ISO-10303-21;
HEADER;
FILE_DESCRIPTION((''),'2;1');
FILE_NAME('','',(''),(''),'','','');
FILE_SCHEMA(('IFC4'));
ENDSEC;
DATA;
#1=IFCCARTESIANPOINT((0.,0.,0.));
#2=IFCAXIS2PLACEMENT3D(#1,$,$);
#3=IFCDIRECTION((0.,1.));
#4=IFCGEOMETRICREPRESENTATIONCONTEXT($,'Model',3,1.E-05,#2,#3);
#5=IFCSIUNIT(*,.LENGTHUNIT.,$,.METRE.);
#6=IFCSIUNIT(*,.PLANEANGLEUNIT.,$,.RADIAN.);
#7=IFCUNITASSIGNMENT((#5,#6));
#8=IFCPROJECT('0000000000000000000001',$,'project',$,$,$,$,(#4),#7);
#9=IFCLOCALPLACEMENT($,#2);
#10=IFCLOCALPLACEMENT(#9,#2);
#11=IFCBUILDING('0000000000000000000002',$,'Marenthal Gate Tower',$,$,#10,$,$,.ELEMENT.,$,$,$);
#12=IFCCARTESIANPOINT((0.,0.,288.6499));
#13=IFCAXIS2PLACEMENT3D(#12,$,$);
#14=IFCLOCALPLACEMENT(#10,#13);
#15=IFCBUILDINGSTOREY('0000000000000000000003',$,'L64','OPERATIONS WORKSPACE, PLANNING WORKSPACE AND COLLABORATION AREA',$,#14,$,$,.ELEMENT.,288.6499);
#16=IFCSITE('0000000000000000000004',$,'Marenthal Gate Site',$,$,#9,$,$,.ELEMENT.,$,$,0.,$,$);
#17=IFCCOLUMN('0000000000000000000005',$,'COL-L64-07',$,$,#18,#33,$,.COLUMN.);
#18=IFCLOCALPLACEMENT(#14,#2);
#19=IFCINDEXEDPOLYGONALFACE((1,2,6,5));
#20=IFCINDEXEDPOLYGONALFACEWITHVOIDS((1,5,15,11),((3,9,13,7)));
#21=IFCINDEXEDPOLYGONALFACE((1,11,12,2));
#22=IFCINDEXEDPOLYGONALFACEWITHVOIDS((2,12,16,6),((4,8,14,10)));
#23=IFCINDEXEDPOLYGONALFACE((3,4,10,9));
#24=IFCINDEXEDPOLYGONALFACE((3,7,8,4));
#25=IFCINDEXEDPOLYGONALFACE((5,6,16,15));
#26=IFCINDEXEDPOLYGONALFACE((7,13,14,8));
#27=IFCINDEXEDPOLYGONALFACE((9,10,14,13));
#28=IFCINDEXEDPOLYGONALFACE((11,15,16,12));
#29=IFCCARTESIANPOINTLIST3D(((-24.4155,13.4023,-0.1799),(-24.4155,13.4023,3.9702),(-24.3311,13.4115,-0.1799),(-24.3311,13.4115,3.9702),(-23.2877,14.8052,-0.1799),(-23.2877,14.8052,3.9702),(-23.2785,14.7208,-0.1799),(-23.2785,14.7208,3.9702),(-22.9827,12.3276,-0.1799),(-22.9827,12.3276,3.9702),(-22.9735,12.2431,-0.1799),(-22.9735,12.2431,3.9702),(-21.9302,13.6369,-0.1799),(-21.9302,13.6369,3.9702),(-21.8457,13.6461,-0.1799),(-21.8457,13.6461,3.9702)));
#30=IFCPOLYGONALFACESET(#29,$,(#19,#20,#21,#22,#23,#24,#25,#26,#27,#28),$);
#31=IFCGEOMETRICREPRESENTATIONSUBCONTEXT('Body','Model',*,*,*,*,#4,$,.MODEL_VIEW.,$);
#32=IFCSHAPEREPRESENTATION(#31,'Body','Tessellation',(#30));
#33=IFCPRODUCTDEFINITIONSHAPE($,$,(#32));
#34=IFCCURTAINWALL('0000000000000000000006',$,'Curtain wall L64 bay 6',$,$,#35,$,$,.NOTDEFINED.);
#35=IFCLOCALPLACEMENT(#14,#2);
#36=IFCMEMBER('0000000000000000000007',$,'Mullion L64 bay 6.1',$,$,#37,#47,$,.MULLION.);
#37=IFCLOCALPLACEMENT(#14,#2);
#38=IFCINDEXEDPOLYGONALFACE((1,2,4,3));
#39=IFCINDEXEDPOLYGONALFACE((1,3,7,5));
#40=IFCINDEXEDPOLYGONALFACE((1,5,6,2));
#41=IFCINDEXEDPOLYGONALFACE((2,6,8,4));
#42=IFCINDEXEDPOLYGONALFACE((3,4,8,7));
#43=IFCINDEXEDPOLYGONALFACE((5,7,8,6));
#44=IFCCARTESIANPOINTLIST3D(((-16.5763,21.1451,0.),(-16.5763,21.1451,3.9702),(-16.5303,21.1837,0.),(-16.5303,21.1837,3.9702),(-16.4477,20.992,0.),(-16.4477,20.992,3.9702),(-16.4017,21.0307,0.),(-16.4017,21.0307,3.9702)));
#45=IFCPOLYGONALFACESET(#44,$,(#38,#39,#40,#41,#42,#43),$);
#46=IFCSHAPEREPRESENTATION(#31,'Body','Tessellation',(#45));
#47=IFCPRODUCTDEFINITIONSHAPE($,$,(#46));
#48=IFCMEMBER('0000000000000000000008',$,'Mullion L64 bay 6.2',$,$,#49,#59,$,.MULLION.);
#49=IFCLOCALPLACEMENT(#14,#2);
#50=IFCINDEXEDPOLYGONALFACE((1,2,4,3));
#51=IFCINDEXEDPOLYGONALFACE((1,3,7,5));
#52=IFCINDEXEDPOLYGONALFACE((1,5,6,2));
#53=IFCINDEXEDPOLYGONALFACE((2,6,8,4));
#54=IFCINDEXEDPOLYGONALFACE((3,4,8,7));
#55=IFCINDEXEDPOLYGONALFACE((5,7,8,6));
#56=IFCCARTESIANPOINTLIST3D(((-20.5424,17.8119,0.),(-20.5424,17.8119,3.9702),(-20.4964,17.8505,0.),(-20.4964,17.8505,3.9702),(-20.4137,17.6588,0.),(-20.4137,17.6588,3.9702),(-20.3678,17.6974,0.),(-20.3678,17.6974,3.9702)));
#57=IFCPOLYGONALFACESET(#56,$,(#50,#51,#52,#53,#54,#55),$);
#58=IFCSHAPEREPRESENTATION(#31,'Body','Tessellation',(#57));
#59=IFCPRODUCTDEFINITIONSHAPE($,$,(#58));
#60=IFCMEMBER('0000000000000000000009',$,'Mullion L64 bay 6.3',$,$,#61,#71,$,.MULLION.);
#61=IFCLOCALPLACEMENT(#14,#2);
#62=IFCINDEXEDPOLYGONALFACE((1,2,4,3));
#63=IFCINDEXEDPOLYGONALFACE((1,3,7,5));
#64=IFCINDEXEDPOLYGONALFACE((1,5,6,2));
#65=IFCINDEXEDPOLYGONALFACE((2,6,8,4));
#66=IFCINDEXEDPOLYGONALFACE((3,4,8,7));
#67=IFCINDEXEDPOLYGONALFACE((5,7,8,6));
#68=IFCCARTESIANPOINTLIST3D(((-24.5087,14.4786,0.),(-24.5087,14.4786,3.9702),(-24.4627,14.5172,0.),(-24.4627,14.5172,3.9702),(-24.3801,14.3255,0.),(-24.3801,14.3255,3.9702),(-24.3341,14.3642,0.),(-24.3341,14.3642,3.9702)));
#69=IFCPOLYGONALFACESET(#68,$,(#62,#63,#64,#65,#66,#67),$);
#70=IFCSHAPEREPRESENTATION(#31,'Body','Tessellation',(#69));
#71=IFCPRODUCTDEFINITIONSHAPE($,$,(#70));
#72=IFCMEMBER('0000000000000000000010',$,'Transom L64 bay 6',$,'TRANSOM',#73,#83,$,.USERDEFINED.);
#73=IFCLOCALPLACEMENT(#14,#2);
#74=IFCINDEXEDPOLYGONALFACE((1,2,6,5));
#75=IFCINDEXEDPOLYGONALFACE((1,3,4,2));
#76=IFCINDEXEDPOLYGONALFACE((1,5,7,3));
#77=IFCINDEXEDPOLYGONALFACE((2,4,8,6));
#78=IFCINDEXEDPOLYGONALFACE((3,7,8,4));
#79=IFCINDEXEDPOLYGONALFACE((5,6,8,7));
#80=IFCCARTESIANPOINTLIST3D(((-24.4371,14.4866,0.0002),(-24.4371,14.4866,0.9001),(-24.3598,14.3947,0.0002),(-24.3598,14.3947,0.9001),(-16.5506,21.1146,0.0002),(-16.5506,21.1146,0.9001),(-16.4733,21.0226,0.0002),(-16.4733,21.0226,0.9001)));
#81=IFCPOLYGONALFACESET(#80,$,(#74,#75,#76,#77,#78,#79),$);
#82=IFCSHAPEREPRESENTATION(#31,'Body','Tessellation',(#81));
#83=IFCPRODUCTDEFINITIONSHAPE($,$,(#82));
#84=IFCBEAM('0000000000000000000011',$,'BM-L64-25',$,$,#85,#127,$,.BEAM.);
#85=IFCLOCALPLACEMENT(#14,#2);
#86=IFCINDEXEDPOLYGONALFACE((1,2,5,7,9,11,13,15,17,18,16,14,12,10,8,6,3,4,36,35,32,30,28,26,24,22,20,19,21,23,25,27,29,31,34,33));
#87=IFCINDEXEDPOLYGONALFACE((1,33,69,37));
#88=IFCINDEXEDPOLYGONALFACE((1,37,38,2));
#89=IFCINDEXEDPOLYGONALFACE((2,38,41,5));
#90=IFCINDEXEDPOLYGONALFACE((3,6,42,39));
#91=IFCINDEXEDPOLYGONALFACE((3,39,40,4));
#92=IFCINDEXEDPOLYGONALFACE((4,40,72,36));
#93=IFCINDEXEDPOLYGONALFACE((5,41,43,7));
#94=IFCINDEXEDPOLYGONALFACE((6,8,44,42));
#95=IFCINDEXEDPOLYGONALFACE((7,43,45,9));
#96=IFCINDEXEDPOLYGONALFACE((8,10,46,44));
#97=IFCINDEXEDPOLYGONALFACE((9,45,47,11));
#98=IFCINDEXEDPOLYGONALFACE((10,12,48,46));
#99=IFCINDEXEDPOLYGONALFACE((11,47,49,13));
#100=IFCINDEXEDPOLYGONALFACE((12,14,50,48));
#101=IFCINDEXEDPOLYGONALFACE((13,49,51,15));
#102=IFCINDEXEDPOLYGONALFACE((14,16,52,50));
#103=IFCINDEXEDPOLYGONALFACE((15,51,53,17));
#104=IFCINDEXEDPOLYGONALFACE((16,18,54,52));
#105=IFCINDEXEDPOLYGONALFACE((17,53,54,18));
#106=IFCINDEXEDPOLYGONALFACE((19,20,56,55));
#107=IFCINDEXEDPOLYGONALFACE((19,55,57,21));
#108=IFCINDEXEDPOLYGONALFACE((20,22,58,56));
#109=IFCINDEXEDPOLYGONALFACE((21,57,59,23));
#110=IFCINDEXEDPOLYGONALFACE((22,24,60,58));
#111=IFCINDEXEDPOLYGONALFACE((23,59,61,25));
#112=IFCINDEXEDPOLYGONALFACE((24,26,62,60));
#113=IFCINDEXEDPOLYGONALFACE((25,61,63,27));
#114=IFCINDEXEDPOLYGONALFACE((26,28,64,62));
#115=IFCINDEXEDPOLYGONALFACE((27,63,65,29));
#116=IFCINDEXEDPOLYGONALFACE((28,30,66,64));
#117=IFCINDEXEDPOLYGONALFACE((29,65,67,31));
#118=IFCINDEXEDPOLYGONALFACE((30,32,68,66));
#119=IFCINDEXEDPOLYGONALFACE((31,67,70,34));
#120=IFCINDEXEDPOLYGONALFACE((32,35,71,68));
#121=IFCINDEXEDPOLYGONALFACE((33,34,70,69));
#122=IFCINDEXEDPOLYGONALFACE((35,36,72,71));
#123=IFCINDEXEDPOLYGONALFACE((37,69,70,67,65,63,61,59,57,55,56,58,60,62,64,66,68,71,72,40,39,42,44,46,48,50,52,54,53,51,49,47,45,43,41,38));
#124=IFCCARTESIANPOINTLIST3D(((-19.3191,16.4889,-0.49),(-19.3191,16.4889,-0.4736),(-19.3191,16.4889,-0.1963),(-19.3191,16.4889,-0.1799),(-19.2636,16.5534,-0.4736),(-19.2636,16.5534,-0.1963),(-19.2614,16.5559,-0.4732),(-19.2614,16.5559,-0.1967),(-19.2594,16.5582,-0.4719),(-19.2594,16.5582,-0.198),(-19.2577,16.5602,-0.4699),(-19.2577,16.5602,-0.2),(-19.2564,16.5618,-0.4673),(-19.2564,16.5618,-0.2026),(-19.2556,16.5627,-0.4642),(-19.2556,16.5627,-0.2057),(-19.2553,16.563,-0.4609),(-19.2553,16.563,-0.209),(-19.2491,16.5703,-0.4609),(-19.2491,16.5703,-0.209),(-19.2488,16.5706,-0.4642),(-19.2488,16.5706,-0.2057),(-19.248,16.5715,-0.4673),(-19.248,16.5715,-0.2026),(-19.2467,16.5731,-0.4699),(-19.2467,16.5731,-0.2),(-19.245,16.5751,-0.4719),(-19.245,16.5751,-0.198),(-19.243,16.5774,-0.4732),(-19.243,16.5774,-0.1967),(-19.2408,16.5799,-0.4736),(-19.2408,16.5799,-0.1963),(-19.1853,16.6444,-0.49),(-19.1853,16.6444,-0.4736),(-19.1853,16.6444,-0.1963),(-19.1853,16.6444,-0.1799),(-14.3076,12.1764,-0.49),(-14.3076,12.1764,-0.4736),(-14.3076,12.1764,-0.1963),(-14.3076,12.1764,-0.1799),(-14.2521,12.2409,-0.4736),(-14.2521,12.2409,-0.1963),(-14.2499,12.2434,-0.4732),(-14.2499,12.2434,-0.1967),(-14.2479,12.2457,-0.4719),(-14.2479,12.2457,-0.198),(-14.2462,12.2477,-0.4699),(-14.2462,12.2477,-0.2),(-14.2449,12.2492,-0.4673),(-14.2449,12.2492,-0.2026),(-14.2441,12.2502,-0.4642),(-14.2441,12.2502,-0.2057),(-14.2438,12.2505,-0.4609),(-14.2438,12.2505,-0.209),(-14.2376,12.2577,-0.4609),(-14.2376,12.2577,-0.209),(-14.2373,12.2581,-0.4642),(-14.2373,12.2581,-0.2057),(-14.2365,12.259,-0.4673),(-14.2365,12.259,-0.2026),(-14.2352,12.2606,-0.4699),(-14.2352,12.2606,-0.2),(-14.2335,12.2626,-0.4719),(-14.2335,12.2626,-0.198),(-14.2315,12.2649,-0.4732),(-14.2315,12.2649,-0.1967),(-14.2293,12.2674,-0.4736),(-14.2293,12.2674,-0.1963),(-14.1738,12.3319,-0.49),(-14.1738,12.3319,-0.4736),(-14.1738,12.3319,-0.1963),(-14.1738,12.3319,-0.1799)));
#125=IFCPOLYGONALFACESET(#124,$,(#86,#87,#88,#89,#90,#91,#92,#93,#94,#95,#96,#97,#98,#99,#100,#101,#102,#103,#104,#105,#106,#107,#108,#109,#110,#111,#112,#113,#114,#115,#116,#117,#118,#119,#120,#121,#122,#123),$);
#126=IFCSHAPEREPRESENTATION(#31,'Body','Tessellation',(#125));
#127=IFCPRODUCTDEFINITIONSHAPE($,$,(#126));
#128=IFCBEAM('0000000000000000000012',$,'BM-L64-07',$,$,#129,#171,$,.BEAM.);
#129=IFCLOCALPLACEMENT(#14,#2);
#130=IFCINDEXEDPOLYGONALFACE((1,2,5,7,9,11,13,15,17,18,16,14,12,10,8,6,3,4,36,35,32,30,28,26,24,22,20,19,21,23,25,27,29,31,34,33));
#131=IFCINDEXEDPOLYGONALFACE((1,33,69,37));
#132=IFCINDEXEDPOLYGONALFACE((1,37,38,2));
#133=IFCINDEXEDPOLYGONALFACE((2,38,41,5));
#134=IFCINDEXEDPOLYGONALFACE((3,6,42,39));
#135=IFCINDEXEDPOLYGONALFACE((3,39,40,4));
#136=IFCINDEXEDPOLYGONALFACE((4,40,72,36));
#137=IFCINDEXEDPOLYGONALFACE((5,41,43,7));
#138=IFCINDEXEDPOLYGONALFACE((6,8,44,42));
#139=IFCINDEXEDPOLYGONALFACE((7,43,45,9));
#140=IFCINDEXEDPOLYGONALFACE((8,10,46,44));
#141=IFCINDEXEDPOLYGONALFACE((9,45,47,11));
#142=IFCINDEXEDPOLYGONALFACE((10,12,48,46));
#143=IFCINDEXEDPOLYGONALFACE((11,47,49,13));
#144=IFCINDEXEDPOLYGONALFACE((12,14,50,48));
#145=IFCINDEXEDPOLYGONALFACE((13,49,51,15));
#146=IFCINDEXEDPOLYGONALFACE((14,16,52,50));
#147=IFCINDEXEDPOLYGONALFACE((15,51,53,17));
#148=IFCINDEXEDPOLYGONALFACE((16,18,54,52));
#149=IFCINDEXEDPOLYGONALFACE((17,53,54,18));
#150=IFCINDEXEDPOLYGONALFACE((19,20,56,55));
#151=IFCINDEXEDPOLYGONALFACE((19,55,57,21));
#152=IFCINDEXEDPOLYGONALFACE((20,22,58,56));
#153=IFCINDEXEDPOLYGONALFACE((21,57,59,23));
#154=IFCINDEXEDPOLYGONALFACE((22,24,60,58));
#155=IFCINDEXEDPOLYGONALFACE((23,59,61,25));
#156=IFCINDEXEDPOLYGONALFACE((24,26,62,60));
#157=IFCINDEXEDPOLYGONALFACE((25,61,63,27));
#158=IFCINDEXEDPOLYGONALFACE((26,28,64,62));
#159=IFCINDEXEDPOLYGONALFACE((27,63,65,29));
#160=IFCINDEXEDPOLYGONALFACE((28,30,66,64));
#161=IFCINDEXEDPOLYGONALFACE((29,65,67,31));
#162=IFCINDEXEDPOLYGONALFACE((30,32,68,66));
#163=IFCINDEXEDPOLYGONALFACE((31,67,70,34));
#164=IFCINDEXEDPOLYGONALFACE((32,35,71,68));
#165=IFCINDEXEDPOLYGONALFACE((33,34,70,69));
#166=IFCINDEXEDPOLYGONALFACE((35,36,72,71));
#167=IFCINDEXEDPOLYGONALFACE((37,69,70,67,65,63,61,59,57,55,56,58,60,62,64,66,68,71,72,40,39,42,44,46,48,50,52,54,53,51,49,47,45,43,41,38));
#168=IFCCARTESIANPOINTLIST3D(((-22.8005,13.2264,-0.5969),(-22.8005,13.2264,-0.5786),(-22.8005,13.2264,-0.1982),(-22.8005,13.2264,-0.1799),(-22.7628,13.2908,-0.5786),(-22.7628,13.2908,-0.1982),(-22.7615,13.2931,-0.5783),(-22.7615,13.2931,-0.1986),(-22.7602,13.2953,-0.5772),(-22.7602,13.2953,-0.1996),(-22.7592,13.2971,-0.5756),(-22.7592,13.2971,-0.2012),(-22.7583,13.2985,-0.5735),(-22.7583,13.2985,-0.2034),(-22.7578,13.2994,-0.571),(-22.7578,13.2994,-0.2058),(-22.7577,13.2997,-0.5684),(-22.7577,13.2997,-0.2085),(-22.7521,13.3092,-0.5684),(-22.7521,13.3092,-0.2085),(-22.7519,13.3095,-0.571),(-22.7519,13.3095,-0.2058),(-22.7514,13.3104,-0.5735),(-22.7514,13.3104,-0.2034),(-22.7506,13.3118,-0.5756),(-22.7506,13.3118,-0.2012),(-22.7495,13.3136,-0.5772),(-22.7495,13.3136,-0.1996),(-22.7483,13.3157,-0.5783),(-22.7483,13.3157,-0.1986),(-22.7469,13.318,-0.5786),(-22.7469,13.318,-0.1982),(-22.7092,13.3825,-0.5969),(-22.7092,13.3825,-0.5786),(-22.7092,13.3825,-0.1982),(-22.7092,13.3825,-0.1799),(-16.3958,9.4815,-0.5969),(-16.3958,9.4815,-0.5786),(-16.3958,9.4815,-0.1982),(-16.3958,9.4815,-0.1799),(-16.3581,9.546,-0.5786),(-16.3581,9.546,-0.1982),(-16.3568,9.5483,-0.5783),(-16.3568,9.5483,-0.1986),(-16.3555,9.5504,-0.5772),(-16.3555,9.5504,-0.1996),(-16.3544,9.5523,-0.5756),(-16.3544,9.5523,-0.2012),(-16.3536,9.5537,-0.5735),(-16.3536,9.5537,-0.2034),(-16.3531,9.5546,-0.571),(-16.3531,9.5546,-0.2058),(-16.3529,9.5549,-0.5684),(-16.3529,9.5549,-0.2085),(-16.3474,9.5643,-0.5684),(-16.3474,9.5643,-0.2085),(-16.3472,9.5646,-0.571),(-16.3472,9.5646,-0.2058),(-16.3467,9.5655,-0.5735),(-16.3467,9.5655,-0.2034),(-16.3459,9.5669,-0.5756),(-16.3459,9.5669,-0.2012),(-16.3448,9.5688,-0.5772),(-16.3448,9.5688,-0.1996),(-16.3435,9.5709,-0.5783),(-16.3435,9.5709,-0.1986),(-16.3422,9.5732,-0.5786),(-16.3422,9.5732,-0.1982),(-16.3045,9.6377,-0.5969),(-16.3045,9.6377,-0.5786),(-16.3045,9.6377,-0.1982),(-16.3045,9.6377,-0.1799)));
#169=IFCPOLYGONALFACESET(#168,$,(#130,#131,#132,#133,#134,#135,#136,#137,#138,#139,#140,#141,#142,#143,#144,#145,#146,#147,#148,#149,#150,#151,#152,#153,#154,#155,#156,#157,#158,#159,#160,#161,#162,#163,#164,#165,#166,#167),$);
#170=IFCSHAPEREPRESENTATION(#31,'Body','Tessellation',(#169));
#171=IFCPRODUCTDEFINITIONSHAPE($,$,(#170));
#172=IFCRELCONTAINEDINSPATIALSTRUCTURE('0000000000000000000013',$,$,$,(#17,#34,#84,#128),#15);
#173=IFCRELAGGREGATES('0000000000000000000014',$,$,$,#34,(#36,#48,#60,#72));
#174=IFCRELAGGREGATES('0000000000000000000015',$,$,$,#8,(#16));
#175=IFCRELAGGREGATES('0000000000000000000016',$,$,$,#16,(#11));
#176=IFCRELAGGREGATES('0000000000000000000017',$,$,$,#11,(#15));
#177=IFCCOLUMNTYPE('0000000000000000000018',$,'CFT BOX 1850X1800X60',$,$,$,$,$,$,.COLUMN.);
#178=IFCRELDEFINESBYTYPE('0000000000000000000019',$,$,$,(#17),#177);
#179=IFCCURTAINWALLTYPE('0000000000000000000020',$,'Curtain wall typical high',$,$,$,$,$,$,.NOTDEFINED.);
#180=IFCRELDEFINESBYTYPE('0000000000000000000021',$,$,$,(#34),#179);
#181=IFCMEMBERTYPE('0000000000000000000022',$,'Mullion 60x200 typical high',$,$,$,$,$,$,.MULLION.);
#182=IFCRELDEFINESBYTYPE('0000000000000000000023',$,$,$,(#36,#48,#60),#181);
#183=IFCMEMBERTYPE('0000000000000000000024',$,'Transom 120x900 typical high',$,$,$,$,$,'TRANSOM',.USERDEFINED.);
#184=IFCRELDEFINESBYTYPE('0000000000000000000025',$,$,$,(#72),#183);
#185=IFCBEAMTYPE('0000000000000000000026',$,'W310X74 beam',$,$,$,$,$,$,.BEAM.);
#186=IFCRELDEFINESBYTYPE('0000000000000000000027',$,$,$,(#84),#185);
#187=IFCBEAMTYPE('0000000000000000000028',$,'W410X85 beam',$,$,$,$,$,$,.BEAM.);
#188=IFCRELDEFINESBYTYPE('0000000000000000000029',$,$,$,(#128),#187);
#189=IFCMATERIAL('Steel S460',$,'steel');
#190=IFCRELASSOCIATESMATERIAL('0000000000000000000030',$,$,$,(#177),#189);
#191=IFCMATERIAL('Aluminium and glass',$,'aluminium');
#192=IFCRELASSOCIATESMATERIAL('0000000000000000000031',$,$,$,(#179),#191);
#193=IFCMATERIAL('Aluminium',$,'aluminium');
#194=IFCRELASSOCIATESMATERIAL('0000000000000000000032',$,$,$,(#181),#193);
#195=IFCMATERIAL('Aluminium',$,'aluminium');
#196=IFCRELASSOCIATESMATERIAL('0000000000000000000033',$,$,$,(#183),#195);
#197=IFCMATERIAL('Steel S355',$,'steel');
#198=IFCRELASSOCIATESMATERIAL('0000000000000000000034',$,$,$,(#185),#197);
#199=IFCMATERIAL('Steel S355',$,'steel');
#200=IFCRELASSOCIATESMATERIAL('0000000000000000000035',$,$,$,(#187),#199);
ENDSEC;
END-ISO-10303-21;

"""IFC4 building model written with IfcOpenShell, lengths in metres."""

from ifc_helpers import new_model, si_unit, direction, frame, origin, origin_2d, place, context, subcontext, project, spatial, rectangle, hollow_rectangle, i_section, extrude, material, material_profile, profile_set, type_object, element, aggregate, save


model = new_model("IFC4")

# Units and contexts
model_context = context("Model", 3, precision=1e-05, world=origin(), true_north=direction((0.0, 1.0)))
body_context = subcontext(model_context, "Body", "Model", "MODEL_VIEW")
ifc_project = project(units=[si_unit("LENGTHUNIT", "METRE"), si_unit("PLANEANGLEUNIT", "RADIAN")], contexts=[model_context])

# Site, building, storey
site_placement = place(None, origin())
site = spatial("IfcSite", under=ifc_project, at=site_placement, Name="Marenthal Gate Site", CompositionType="ELEMENT", RefElevation=0.0)
building_placement = place(site_placement, origin())
building = spatial("IfcBuilding", under=site, at=building_placement, Name="Marenthal Gate Tower", CompositionType="ELEMENT")
storey_placement = place(building_placement, frame((0.0, 0.0, 288.6499)))
storey = spatial("IfcBuildingStorey", under=building, at=storey_placement, Name="L64", Description="OPERATIONS WORKSPACE, PLANNING WORKSPACE AND COLLABORATION AREA", CompositionType="ELEMENT", Elevation=288.6499)

# Column
ifc_material_1 = material(Name="Steel S460", Category="steel")
ifc_material_profile_1 = material_profile(ifc_material_1, hollow_rectangle(XDim=1.8, YDim=1.8501, WallThickness=0.0601, at=origin_2d()), Name="CFT BOX 1850X1800X60")
ifc_material_2 = material(Name="Concrete 70 MPa", Category="concrete")
ifc_material_profile_2 = material_profile(ifc_material_2, rectangle(XDim=1.6799, YDim=1.73, at=origin_2d()), Name="CFT BOX 1850X1800X60 INFILL")
ifc_profile_set_1 = profile_set([ifc_material_profile_1, ifc_material_profile_2], Name="Steel S460 shell, Concrete 70 MPa infill")
column_type = type_object("IfcColumnType", Name="CFT BOX 1850X1800X60", PredefinedType="COLUMN", material=ifc_profile_set_1)
column_placement = place(storey_placement, frame((-23.1306, 13.5242, -0.1799), z_axis=(0.0, 0.0, 1.0), x_axis=(0.62654, 0.779389, 0.0)))
element("IfcColumn", 1, at=column_placement, inside=storey, type_object=column_type, Name="COL-L64-07", PredefinedType="COLUMN", context=body_context, shape_type="SweptSolid", body=[
    extrude(hollow_rectangle(XDim=1.8, YDim=1.8501, WallThickness=0.0601, at=origin_2d()), origin(), (0.0, 0.0, 1.0), 4.1501),
])

# Curtain wall, members
ifc_material_3 = material(Name="Aluminium and glass", Category="aluminium")
curtain_wall_type = type_object("IfcCurtainWallType", Name="Curtain wall typical high", PredefinedType="NOTDEFINED", material=ifc_material_3)
curtain_wall_placement = place(storey_placement, origin())
curtain_wall = element("IfcCurtainWall", 2, at=curtain_wall_placement, inside=storey, type_object=curtain_wall_type, Name="Curtain wall L64 bay 6", PredefinedType="NOTDEFINED")
ifc_material_4 = material(Name="Aluminium", Category="aluminium")
ifc_material_profile_3 = material_profile(ifc_material_4, rectangle(XDim=0.2, YDim=0.0601, at=origin_2d()), Name="60x200 aluminium mullion")
ifc_profile_set_2 = profile_set([ifc_material_profile_3], Name="Aluminium")
member_type_1 = type_object("IfcMemberType", Name="Mullion 60x200 typical high", PredefinedType="MULLION", material=ifc_profile_set_2)
member_1_placement = place(storey_placement, frame((-16.489, 21.0879, 0.0), z_axis=(0.0, 0.0, 1.0), x_axis=(0.64338, -0.765547, 0.0)))
member_1 = element("IfcMember", 3, at=member_1_placement, type_object=member_type_1, Name="Mullion L64 bay 6.1", PredefinedType="MULLION", context=body_context, shape_type="SweptSolid", body=[
    extrude(rectangle(XDim=0.2, YDim=0.0601, at=origin_2d()), origin(), (0.0, 0.0, 1.0), 3.9702),
])
member_2_placement = place(storey_placement, frame((-20.4551, 17.7546, 0.0), z_axis=(0.0, 0.0, 1.0), x_axis=(0.64338, -0.765547, 0.0)))
member_2 = element("IfcMember", 4, at=member_2_placement, type_object=member_type_1, Name="Mullion L64 bay 6.2", PredefinedType="MULLION", context=body_context, shape_type="SweptSolid", body=[
    extrude(rectangle(XDim=0.2, YDim=0.0601, at=origin_2d()), origin(), (0.0, 0.0, 1.0), 3.9702),
])
member_3_placement = place(storey_placement, frame((-24.4214, 14.4214, 0.0), z_axis=(0.0, 0.0, 1.0), x_axis=(0.64338, -0.765547, 0.0)))
member_3 = element("IfcMember", 5, at=member_3_placement, type_object=member_type_1, Name="Mullion L64 bay 6.3", PredefinedType="MULLION", context=body_context, shape_type="SweptSolid", body=[
    extrude(rectangle(XDim=0.2, YDim=0.0601, at=origin_2d()), origin(), (0.0, 0.0, 1.0), 3.9702),
])
ifc_material_5 = material(Name="Aluminium", Category="aluminium")
ifc_material_profile_4 = material_profile(ifc_material_5, rectangle(XDim=0.1201, YDim=0.8999, at=origin_2d()), Name="120x900 aluminium transom")
ifc_profile_set_3 = profile_set([ifc_material_profile_4], Name="Aluminium")
member_type_2 = type_object("IfcMemberType", Name="Transom 120x900 typical high", ElementType="TRANSOM", PredefinedType="USERDEFINED", material=ifc_profile_set_3)
member_4_placement = place(storey_placement, frame((-16.512, 21.0686, 0.4502), z_axis=(-0.765548, -0.643379, 0.0), x_axis=(0.643379, -0.765548, 0.0)))
member_4 = element("IfcMember", 6, at=member_4_placement, type_object=member_type_2, Name="Transom L64 bay 6", ObjectType="TRANSOM", PredefinedType="USERDEFINED", context=body_context, shape_type="SweptSolid", body=[
    extrude(rectangle(XDim=0.1201, YDim=0.8999, at=origin_2d()), origin(), (0.0, 0.0, 1.0), 10.3018),
])

# Beams
ifc_material_6 = material(Name="Steel S355", Category="steel")
ifc_material_profile_5 = material_profile(ifc_material_6, i_section(OverallWidth=0.2051, OverallDepth=0.3101, WebThickness=0.0095, FlangeThickness=0.0164, FilletRadius=0.0127, at=origin_2d()), Name="W310X74")
ifc_profile_set_4 = profile_set([ifc_material_profile_5], Name="Steel S355")
beam_type_1 = type_object("IfcBeamType", Name="W310X74 beam", PredefinedType="BEAM", material=ifc_profile_set_4)
beam_1_placement = place(storey_placement, frame((-19.2522, 16.5667, -0.335), z_axis=(0.757988, -0.652268, 0.0), x_axis=(0.652268, 0.757988, 0.0)))
element("IfcBeam", 7, at=beam_1_placement, inside=storey, type_object=beam_type_1, Name="BM-L64-25", PredefinedType="BEAM", context=body_context, shape_type="SweptSolid", body=[
    extrude(i_section(OverallWidth=0.2051, OverallDepth=0.3101, WebThickness=0.0095, FlangeThickness=0.0164, FilletRadius=0.0127, at=origin_2d()), origin(), (0.0, 0.0, 1.0), 6.6116),
])
ifc_material_7 = material(Name="Steel S355", Category="steel")
ifc_material_profile_6 = material_profile(ifc_material_7, i_section(OverallWidth=0.1809, OverallDepth=0.417, WebThickness=0.011, FlangeThickness=0.0183, FilletRadius=0.0103, at=origin_2d()), Name="W410X85")
ifc_profile_set_5 = profile_set([ifc_material_profile_6], Name="Steel S355")
beam_type_2 = type_object("IfcBeamType", Name="W410X85 beam", PredefinedType="BEAM", material=ifc_profile_set_5)
beam_2_placement = place(storey_placement, frame((-22.7549, 13.3044, -0.3884), z_axis=(0.863265, -0.504751, 0.0), x_axis=(0.504751, 0.863265, 0.0)))
element("IfcBeam", 8, at=beam_2_placement, inside=storey, type_object=beam_type_2, Name="BM-L64-07", PredefinedType="BEAM", context=body_context, shape_type="SweptSolid", body=[
    extrude(i_section(OverallWidth=0.1809, OverallDepth=0.417, WebThickness=0.011, FlangeThickness=0.0183, FilletRadius=0.0103, at=origin_2d()), origin(), (0.0, 0.0, 1.0), 7.4192),
])

aggregate(curtain_wall, [member_1, member_2, member_3, member_4])

save(model, "model.ifc")
